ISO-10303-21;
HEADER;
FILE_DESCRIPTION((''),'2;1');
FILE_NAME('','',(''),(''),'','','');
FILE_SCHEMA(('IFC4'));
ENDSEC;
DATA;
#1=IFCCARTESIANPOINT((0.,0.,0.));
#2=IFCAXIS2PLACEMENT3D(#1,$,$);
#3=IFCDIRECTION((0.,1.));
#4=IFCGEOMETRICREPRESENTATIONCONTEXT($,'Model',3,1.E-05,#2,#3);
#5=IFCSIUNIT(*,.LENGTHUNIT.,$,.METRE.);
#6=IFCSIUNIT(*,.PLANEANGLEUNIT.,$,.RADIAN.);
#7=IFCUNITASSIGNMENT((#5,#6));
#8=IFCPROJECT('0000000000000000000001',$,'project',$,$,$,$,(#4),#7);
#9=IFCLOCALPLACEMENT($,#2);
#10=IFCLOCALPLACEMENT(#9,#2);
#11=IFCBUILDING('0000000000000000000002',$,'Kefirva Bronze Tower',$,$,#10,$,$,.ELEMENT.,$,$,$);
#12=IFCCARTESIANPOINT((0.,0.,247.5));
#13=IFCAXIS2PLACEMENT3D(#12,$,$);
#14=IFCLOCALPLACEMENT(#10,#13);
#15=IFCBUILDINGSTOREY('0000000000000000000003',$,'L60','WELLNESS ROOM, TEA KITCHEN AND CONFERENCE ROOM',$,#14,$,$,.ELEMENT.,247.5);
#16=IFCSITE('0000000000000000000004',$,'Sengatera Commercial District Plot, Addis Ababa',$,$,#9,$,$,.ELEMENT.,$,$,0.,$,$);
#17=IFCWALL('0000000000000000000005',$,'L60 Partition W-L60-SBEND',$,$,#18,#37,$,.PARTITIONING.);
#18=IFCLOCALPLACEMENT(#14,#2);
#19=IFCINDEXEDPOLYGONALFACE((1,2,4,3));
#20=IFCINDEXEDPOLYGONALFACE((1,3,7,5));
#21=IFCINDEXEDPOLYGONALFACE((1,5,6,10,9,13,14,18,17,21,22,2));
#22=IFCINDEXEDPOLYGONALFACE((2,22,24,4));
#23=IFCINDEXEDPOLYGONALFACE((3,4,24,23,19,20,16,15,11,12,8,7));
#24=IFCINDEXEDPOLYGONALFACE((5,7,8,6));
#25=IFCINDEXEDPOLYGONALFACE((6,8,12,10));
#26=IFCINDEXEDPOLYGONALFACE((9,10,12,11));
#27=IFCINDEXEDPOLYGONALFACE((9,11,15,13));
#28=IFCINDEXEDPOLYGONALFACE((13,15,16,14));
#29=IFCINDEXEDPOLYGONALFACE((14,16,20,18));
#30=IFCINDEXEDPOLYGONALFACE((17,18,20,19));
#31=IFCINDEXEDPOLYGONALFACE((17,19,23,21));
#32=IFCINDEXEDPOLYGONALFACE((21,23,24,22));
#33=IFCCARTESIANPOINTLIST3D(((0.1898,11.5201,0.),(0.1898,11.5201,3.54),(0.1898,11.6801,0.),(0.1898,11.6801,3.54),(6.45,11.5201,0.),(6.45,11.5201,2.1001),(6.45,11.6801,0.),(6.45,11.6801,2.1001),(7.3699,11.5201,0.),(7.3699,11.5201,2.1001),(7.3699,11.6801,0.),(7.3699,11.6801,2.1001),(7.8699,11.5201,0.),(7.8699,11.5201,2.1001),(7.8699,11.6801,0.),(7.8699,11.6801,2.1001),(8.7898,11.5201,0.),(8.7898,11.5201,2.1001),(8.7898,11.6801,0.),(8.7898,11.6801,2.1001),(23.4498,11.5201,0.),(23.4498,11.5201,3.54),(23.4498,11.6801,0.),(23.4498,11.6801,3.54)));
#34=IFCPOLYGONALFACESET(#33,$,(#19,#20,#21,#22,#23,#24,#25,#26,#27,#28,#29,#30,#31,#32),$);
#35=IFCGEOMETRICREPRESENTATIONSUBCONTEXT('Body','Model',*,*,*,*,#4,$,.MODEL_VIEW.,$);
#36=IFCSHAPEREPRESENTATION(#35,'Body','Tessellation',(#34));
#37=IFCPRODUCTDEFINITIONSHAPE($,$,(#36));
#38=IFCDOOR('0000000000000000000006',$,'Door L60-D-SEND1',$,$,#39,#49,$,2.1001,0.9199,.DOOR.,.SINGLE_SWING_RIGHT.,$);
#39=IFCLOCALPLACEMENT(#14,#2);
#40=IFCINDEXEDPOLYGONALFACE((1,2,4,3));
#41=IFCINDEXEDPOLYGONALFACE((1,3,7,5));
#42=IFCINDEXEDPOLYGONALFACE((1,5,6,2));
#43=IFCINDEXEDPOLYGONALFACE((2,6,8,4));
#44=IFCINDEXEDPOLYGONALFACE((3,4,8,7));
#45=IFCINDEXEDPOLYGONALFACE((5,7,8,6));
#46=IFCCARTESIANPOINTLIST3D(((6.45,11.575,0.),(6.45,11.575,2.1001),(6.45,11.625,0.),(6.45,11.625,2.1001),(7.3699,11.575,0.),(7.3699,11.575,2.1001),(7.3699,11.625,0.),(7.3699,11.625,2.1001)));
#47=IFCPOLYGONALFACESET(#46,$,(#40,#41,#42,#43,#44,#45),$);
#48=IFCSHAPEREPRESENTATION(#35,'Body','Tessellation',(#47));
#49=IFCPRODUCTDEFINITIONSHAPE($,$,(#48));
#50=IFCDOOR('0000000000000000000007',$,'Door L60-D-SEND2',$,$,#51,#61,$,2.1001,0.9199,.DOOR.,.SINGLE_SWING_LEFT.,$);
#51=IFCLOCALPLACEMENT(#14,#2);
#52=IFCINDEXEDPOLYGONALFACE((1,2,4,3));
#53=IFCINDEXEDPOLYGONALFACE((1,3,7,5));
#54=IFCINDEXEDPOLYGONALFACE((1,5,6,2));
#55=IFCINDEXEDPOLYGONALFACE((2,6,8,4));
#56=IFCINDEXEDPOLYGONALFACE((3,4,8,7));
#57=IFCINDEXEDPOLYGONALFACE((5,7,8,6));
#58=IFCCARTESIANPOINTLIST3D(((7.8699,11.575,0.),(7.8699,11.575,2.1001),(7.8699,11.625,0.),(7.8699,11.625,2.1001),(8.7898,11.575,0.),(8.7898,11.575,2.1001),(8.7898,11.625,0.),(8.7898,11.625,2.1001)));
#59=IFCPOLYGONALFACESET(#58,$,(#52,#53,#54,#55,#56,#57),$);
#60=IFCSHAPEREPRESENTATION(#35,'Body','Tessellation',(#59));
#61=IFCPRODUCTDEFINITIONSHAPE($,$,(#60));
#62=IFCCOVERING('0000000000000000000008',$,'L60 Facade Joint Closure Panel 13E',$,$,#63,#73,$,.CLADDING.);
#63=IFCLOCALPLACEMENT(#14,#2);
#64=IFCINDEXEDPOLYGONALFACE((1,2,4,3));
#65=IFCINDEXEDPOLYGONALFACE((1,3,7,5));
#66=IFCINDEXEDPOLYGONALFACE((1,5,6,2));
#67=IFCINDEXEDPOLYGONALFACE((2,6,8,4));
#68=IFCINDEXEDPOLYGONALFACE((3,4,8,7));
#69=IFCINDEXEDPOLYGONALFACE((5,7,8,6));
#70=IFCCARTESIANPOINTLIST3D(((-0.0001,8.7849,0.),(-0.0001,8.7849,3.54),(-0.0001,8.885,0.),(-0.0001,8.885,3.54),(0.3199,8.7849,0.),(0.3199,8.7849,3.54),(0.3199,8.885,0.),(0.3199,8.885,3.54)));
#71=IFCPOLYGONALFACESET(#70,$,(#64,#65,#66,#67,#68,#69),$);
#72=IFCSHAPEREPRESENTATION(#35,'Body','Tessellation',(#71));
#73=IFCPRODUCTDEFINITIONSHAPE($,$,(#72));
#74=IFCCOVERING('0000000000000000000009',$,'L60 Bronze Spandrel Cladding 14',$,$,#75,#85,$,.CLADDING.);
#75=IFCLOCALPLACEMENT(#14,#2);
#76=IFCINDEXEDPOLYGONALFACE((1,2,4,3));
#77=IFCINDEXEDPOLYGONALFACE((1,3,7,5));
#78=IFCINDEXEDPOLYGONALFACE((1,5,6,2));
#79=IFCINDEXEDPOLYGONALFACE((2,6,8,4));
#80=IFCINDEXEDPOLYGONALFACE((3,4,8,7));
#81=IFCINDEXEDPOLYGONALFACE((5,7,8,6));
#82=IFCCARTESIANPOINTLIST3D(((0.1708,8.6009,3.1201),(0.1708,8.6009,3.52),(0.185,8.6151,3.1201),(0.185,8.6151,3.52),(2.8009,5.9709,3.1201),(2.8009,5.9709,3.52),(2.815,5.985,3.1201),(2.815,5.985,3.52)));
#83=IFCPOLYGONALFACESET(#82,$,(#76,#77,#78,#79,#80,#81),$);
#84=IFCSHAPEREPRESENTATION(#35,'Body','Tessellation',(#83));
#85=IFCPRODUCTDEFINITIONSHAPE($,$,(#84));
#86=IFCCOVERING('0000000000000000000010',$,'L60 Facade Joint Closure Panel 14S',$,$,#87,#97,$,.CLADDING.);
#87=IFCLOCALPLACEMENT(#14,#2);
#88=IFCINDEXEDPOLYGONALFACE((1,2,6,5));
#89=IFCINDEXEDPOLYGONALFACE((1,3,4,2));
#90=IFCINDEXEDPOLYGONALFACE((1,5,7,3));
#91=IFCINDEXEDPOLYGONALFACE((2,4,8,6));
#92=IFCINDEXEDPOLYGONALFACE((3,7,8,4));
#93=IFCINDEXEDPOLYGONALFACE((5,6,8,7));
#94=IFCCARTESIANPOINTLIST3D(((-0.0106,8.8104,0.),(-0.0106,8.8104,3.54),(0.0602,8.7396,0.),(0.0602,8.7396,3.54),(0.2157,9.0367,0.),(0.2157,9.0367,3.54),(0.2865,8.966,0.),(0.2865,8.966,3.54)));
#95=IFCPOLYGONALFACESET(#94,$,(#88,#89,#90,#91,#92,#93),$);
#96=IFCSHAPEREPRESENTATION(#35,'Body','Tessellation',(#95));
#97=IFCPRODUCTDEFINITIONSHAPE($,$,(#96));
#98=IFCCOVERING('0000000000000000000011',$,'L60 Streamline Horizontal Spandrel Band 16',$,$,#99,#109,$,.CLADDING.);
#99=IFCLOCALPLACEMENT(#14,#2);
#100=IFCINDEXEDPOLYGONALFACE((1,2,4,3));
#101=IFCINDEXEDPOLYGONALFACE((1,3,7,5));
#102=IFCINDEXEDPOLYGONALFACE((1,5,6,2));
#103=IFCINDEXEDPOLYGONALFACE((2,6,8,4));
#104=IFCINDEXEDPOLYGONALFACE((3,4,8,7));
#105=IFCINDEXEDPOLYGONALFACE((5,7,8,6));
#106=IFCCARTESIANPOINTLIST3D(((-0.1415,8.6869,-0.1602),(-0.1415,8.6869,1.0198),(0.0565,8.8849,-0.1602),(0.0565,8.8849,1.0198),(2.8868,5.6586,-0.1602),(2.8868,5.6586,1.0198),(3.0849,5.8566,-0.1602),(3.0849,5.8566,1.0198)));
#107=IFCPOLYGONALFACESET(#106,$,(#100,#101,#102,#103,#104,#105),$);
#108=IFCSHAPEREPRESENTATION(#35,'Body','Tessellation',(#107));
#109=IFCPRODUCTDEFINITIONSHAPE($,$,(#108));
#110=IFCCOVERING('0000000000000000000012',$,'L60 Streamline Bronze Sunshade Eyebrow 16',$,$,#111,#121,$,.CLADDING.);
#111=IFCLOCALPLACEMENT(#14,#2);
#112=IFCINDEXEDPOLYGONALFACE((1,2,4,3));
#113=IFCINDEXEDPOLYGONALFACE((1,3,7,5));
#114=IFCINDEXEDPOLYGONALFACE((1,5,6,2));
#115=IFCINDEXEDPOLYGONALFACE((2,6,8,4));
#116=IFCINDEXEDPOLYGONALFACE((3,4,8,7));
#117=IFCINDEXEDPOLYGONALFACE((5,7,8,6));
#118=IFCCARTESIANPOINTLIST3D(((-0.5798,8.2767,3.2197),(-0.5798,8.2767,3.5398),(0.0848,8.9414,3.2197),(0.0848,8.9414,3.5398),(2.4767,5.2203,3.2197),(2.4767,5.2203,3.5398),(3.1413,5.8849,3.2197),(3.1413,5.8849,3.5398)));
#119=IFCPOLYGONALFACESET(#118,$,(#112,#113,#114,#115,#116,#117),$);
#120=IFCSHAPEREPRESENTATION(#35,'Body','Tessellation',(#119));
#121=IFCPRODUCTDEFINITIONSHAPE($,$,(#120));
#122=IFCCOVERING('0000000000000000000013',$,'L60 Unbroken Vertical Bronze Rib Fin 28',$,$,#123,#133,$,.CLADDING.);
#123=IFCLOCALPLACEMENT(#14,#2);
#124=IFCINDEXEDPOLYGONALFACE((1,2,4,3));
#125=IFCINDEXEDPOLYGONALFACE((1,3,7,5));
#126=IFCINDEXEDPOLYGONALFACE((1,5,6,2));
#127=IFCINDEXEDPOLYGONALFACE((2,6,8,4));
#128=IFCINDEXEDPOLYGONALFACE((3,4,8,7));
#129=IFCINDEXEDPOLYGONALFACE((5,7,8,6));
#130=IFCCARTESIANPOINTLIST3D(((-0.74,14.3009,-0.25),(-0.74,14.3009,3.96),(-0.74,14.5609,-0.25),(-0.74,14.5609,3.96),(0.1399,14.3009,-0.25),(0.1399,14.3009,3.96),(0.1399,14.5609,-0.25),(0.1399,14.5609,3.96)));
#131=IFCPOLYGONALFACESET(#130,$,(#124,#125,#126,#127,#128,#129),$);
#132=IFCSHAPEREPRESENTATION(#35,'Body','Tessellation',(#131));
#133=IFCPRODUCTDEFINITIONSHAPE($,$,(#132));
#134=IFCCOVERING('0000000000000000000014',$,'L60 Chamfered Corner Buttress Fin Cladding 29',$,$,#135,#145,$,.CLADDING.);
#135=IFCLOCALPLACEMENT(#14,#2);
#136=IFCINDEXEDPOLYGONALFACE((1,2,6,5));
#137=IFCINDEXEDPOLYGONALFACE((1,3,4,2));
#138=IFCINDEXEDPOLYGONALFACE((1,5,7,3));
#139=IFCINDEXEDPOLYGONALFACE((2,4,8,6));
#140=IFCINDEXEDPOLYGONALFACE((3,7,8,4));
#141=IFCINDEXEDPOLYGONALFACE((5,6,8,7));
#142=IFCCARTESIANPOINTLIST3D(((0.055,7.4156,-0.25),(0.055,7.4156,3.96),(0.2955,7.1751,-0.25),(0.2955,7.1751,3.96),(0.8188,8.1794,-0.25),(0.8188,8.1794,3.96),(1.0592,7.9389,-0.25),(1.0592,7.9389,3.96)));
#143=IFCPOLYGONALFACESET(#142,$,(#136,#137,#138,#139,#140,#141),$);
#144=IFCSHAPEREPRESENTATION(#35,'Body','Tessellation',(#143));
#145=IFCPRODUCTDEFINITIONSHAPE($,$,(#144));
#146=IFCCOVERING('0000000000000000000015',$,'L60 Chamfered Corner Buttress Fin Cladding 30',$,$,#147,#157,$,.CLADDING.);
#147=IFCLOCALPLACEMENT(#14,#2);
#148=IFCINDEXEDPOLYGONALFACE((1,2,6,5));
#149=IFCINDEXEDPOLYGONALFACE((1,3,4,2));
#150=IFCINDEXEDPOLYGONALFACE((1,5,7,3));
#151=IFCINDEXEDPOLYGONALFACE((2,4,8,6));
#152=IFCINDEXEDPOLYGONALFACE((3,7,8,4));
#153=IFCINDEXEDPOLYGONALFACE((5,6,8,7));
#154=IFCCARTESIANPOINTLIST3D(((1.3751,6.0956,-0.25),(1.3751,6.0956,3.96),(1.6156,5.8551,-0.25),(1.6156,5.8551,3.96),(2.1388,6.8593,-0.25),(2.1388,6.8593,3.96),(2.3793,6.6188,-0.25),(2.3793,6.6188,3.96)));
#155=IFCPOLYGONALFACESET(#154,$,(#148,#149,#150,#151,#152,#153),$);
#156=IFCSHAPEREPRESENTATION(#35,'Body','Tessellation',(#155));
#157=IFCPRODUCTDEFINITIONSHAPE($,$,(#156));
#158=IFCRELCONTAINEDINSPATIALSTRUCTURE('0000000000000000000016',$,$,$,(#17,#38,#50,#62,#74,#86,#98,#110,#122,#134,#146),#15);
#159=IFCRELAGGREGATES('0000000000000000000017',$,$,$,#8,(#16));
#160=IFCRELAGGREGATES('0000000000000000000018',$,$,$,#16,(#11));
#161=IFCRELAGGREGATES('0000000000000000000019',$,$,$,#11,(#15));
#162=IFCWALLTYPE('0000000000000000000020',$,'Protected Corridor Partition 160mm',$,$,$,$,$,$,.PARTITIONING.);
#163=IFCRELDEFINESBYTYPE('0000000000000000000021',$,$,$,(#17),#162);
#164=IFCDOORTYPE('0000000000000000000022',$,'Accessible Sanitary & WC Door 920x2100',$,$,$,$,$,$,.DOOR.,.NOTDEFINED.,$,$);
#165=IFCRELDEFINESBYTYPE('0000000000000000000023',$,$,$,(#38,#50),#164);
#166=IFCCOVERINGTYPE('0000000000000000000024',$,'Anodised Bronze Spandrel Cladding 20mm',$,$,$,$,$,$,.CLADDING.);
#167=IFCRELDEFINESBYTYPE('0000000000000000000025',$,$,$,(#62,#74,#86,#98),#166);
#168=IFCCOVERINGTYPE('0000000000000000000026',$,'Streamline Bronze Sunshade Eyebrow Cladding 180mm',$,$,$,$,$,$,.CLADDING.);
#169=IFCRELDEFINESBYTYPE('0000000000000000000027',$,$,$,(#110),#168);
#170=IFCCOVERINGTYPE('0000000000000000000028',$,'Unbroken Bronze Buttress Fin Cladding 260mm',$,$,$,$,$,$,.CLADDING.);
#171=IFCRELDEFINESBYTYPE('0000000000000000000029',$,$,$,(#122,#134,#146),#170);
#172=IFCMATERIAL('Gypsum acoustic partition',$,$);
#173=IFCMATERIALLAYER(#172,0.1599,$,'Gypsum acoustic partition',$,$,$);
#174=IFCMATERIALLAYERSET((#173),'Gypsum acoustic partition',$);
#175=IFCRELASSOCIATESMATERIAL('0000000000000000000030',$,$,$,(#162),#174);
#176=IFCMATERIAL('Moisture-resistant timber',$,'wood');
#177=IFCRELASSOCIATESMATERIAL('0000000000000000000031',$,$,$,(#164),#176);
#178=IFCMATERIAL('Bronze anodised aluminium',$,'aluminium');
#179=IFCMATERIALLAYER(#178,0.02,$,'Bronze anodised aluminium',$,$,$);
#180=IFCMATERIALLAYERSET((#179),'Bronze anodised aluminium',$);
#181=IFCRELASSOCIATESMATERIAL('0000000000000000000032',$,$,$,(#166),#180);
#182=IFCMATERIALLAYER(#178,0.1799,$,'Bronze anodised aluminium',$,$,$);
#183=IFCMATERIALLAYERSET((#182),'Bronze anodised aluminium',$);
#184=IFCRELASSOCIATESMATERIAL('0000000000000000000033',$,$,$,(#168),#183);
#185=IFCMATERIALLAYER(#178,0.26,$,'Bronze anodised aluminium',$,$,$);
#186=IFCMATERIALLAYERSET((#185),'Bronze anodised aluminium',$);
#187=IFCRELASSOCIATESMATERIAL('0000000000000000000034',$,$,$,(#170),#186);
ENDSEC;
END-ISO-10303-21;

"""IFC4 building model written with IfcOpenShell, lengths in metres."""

from ifc_helpers import new_model, si_unit, direction, frame, frame_2d, origin, origin_2d, place, context, subcontext, project, spatial, rectangle, extrude, material, layer, layer_set, type_object, element, fill, save


model = new_model("IFC4")

# Units and contexts
model_context = context("Model", 3, precision=1e-05, world=origin(), true_north=direction((0.0, 1.0)))
body_context = subcontext(model_context, "Body", "Model", "MODEL_VIEW")
ifc_project = project(units=[si_unit("LENGTHUNIT", "METRE"), si_unit("PLANEANGLEUNIT", "RADIAN")], contexts=[model_context])

# Site, building, storey
site_placement = place(None, origin())
site = spatial("IfcSite", under=ifc_project, at=site_placement, Name="Sengatera Commercial District Plot, Addis Ababa", CompositionType="ELEMENT", RefElevation=0.0)
building_placement = place(site_placement, origin())
building = spatial("IfcBuilding", under=site, at=building_placement, Name="Kefirva Bronze Tower", CompositionType="ELEMENT")
storey_placement = place(building_placement, frame((0.0, 0.0, 247.5)))
storey = spatial("IfcBuildingStorey", under=building, at=storey_placement, Name="L60", Description="WELLNESS ROOM, TEA KITCHEN AND CONFERENCE ROOM", CompositionType="ELEMENT", Elevation=247.5)

# Wall, openings, doors
ifc_material_1 = material(Name="Gypsum acoustic partition")
ifc_layer_1 = layer(ifc_material_1, 0.1599, Name="Gypsum acoustic partition")
ifc_layer_set_1 = layer_set([ifc_layer_1], Name="Gypsum acoustic partition")
wall_type_1 = type_object("IfcWallType", Name="Protected Corridor Partition 160mm", PredefinedType="PARTITIONING", material=ifc_layer_set_1)
wall_1_placement = place(storey_placement, frame((0.1899, 11.6001, 0.0), z_axis=(0.0, 0.0, 1.0), x_axis=(1.0, 0.0, 0.0)))
wall_1 = element("IfcWall", 1, at=wall_1_placement, inside=storey, type_object=wall_type_1, Name="L60 Partition W-L60-SBEND", PredefinedType="PARTITIONING", context=body_context, shape_type="SweptSolid", body=[
    extrude(rectangle(XDim=23.26, YDim=0.1599, at=frame_2d((11.6299, 0.0))), origin(), (0.0, 0.0, 1.0), 3.54),
])
opening_1_placement = place(wall_1_placement, frame((6.26, 0.0, 0.0)))
opening_1 = element("IfcOpeningElement", 2, at=opening_1_placement, cuts=wall_1, PredefinedType="OPENING", context=body_context, shape_type="SweptSolid", body=[
    extrude(rectangle(XDim=0.9199, YDim=2.1001, at=frame_2d((0.46, 1.05))), frame((0.0, 0.0898, 0.0), z_axis=(0.0, -1.0, 0.0), x_axis=(1.0, 0.0, 0.0)), (0.0, 0.0, 1.0), 0.1799),
])
opening_2_placement = place(wall_1_placement, frame((7.6799, 0.0, 0.0)))
opening_2 = element("IfcOpeningElement", 3, at=opening_2_placement, cuts=wall_1, PredefinedType="OPENING", context=body_context, shape_type="SweptSolid", body=[
    extrude(rectangle(XDim=0.9199, YDim=2.1001, at=frame_2d((0.46, 1.05))), frame((0.0, 0.0898, 0.0), z_axis=(0.0, -1.0, 0.0), x_axis=(1.0, 0.0, 0.0)), (0.0, 0.0, 1.0), 0.1799),
])
ifc_material_2 = material(Name="Moisture-resistant timber", Category="wood")
door_type = type_object("IfcDoorType", Name="Accessible Sanitary & WC Door 920x2100", OperationType="NOTDEFINED", PredefinedType="DOOR", material=ifc_material_2)
door_1_placement = place(opening_1_placement, origin())
door_1 = element("IfcDoor", 4, at=door_1_placement, inside=storey, type_object=door_type, Name="Door L60-D-SEND1", OperationType="SINGLE_SWING_RIGHT", OverallHeight=2.1001, OverallWidth=0.9199, PredefinedType="DOOR", context=body_context, shape_type="SweptSolid", body=[
    extrude(rectangle(XDim=0.9199, YDim=2.1001, at=frame_2d((0.46, 1.05))), frame((0.0, 0.0249, 0.0), z_axis=(0.0, -1.0, 0.0), x_axis=(1.0, 0.0, 0.0)), (0.0, 0.0, 1.0), 0.05),
])
fill(opening_1, door_1)
door_2_placement = place(opening_2_placement, origin())
door_2 = element("IfcDoor", 5, at=door_2_placement, inside=storey, type_object=door_type, Name="Door L60-D-SEND2", OperationType="SINGLE_SWING_LEFT", OverallHeight=2.1001, OverallWidth=0.9199, PredefinedType="DOOR", context=body_context, shape_type="SweptSolid", body=[
    extrude(rectangle(XDim=0.9199, YDim=2.1001, at=frame_2d((0.46, 1.05))), frame((0.0, 0.0249, 0.0), z_axis=(0.0, -1.0, 0.0), x_axis=(1.0, 0.0, 0.0)), (0.0, 0.0, 1.0), 0.05),
])
fill(opening_2, door_2)

# Coverings
ifc_material_3 = material(Name="Bronze anodised aluminium", Category="aluminium")
ifc_layer_2 = layer(ifc_material_3, 0.02, Name="Bronze anodised aluminium")
ifc_layer_set_2 = layer_set([ifc_layer_2], Name="Bronze anodised aluminium")
covering_type_1 = type_object("IfcCoveringType", Name="Anodised Bronze Spandrel Cladding 20mm", PredefinedType="CLADDING", material=ifc_layer_set_2)
covering_1_placement = place(storey_placement, frame((0.1599, 8.835, 0.0), z_axis=(0.0, 0.0, 1.0), x_axis=(0.0, -1.0, 0.0)))
element("IfcCovering", 6, at=covering_1_placement, inside=storey, type_object=covering_type_1, Name="L60 Facade Joint Closure Panel 13E", PredefinedType="CLADDING", context=body_context, shape_type="SweptSolid", body=[
    extrude(rectangle(XDim=0.1001, YDim=0.3201, at=origin_2d()), origin(), (0.0, 0.0, 1.0), 3.54),
])
covering_2_placement = place(storey_placement, frame((1.4929, 7.293, 3.1201), z_axis=(0.0, 0.0, 1.0), x_axis=(0.707107, -0.707107, 0.0)))
element("IfcCovering", 7, at=covering_2_placement, inside=storey, type_object=covering_type_1, Name="L60 Bronze Spandrel Cladding 14", PredefinedType="CLADDING", context=body_context, shape_type="SweptSolid", body=[
    extrude(rectangle(XDim=3.7195, YDim=0.02, at=origin_2d()), origin(), (0.0, 0.0, 1.0), 0.3999),
])
covering_3_placement = place(storey_placement, frame((0.1379, 8.8882, 0.0), z_axis=(0.0, 0.0, 1.0), x_axis=(0.707107, -0.707107, 0.0)))
element("IfcCovering", 8, at=covering_3_placement, inside=storey, type_object=covering_type_1, Name="L60 Facade Joint Closure Panel 14S", PredefinedType="CLADDING", context=body_context, shape_type="SweptSolid", body=[
    extrude(rectangle(XDim=0.1001, YDim=0.3201, at=origin_2d()), origin(), (0.0, 0.0, 1.0), 3.54),
])
covering_4_placement = place(storey_placement, frame((1.4717, 7.2717, -0.1602), z_axis=(0.0, 0.0, 1.0), x_axis=(0.707107, -0.707107, 0.0)))
element("IfcCovering", 9, at=covering_4_placement, inside=storey, type_object=covering_type_1, Name="L60 Streamline Horizontal Spandrel Band 16", PredefinedType="CLADDING", context=body_context, shape_type="SweptSolid", body=[
    extrude(rectangle(XDim=4.2827, YDim=0.28, at=origin_2d()), origin(), (0.0, 0.0, 1.0), 1.1799),
])
ifc_layer_3 = layer(ifc_material_3, 0.1799, Name="Bronze anodised aluminium")
ifc_layer_set_3 = layer_set([ifc_layer_3], Name="Bronze anodised aluminium")
covering_type_2 = type_object("IfcCoveringType", Name="Streamline Bronze Sunshade Eyebrow Cladding 180mm", PredefinedType="CLADDING", material=ifc_layer_set_3)
covering_5_placement = place(storey_placement, frame((1.2808, 7.0808, 3.2197), z_axis=(0.0, 0.0, 1.0), x_axis=(0.707107, -0.707107, 0.0)))
element("IfcCovering", 10, at=covering_5_placement, inside=storey, type_object=covering_type_2, Name="L60 Streamline Bronze Sunshade Eyebrow 16", PredefinedType="CLADDING", context=body_context, shape_type="SweptSolid", body=[
    extrude(rectangle(XDim=4.3225, YDim=0.9399, at=origin_2d()), origin(), (0.0, 0.0, 1.0), 0.3201),
])
ifc_layer_4 = layer(ifc_material_3, 0.26, Name="Bronze anodised aluminium")
ifc_layer_set_4 = layer_set([ifc_layer_4], Name="Bronze anodised aluminium")
covering_type_3 = type_object("IfcCoveringType", Name="Unbroken Bronze Buttress Fin Cladding 260mm", PredefinedType="CLADDING", material=ifc_layer_set_4)
covering_6_placement = place(storey_placement, frame((-0.3, 14.4309, -0.25), z_axis=(0.0, 0.0, 1.0), x_axis=(0.0, -1.0, 0.0)))
element("IfcCovering", 11, at=covering_6_placement, inside=storey, type_object=covering_type_3, Name="L60 Unbroken Vertical Bronze Rib Fin 28", PredefinedType="CLADDING", context=body_context, shape_type="SweptSolid", body=[
    extrude(rectangle(XDim=0.26, YDim=0.8799, at=origin_2d()), origin(), (0.0, 0.0, 1.0), 4.21),
])
for number, where, z_axis, x_axis, name in (
    (12, (0.5571, 7.6772, -0.25), (0.0, 0.0, 1.0), (0.707107, -0.707107, 0.0), "L60 Chamfered Corner Buttress Fin Cladding 29"),
    (13, (1.8772, 6.3572, -0.25), (0.0, 0.0, 1.0), (0.707107, -0.707107, 0.0), "L60 Chamfered Corner Buttress Fin Cladding 30"),
):
    element("IfcCovering", number, at=place(storey_placement, frame(where, z_axis=z_axis, x_axis=x_axis)), inside=storey, type_object=covering_type_3, Name=name, PredefinedType="CLADDING", context=body_context, shape_type="SweptSolid", body=[
        extrude(rectangle(XDim=0.3401, YDim=1.0801, at=origin_2d()), origin(), (0.0, 0.0, 1.0), 4.21),
    ])

save(model, "model.ifc")
